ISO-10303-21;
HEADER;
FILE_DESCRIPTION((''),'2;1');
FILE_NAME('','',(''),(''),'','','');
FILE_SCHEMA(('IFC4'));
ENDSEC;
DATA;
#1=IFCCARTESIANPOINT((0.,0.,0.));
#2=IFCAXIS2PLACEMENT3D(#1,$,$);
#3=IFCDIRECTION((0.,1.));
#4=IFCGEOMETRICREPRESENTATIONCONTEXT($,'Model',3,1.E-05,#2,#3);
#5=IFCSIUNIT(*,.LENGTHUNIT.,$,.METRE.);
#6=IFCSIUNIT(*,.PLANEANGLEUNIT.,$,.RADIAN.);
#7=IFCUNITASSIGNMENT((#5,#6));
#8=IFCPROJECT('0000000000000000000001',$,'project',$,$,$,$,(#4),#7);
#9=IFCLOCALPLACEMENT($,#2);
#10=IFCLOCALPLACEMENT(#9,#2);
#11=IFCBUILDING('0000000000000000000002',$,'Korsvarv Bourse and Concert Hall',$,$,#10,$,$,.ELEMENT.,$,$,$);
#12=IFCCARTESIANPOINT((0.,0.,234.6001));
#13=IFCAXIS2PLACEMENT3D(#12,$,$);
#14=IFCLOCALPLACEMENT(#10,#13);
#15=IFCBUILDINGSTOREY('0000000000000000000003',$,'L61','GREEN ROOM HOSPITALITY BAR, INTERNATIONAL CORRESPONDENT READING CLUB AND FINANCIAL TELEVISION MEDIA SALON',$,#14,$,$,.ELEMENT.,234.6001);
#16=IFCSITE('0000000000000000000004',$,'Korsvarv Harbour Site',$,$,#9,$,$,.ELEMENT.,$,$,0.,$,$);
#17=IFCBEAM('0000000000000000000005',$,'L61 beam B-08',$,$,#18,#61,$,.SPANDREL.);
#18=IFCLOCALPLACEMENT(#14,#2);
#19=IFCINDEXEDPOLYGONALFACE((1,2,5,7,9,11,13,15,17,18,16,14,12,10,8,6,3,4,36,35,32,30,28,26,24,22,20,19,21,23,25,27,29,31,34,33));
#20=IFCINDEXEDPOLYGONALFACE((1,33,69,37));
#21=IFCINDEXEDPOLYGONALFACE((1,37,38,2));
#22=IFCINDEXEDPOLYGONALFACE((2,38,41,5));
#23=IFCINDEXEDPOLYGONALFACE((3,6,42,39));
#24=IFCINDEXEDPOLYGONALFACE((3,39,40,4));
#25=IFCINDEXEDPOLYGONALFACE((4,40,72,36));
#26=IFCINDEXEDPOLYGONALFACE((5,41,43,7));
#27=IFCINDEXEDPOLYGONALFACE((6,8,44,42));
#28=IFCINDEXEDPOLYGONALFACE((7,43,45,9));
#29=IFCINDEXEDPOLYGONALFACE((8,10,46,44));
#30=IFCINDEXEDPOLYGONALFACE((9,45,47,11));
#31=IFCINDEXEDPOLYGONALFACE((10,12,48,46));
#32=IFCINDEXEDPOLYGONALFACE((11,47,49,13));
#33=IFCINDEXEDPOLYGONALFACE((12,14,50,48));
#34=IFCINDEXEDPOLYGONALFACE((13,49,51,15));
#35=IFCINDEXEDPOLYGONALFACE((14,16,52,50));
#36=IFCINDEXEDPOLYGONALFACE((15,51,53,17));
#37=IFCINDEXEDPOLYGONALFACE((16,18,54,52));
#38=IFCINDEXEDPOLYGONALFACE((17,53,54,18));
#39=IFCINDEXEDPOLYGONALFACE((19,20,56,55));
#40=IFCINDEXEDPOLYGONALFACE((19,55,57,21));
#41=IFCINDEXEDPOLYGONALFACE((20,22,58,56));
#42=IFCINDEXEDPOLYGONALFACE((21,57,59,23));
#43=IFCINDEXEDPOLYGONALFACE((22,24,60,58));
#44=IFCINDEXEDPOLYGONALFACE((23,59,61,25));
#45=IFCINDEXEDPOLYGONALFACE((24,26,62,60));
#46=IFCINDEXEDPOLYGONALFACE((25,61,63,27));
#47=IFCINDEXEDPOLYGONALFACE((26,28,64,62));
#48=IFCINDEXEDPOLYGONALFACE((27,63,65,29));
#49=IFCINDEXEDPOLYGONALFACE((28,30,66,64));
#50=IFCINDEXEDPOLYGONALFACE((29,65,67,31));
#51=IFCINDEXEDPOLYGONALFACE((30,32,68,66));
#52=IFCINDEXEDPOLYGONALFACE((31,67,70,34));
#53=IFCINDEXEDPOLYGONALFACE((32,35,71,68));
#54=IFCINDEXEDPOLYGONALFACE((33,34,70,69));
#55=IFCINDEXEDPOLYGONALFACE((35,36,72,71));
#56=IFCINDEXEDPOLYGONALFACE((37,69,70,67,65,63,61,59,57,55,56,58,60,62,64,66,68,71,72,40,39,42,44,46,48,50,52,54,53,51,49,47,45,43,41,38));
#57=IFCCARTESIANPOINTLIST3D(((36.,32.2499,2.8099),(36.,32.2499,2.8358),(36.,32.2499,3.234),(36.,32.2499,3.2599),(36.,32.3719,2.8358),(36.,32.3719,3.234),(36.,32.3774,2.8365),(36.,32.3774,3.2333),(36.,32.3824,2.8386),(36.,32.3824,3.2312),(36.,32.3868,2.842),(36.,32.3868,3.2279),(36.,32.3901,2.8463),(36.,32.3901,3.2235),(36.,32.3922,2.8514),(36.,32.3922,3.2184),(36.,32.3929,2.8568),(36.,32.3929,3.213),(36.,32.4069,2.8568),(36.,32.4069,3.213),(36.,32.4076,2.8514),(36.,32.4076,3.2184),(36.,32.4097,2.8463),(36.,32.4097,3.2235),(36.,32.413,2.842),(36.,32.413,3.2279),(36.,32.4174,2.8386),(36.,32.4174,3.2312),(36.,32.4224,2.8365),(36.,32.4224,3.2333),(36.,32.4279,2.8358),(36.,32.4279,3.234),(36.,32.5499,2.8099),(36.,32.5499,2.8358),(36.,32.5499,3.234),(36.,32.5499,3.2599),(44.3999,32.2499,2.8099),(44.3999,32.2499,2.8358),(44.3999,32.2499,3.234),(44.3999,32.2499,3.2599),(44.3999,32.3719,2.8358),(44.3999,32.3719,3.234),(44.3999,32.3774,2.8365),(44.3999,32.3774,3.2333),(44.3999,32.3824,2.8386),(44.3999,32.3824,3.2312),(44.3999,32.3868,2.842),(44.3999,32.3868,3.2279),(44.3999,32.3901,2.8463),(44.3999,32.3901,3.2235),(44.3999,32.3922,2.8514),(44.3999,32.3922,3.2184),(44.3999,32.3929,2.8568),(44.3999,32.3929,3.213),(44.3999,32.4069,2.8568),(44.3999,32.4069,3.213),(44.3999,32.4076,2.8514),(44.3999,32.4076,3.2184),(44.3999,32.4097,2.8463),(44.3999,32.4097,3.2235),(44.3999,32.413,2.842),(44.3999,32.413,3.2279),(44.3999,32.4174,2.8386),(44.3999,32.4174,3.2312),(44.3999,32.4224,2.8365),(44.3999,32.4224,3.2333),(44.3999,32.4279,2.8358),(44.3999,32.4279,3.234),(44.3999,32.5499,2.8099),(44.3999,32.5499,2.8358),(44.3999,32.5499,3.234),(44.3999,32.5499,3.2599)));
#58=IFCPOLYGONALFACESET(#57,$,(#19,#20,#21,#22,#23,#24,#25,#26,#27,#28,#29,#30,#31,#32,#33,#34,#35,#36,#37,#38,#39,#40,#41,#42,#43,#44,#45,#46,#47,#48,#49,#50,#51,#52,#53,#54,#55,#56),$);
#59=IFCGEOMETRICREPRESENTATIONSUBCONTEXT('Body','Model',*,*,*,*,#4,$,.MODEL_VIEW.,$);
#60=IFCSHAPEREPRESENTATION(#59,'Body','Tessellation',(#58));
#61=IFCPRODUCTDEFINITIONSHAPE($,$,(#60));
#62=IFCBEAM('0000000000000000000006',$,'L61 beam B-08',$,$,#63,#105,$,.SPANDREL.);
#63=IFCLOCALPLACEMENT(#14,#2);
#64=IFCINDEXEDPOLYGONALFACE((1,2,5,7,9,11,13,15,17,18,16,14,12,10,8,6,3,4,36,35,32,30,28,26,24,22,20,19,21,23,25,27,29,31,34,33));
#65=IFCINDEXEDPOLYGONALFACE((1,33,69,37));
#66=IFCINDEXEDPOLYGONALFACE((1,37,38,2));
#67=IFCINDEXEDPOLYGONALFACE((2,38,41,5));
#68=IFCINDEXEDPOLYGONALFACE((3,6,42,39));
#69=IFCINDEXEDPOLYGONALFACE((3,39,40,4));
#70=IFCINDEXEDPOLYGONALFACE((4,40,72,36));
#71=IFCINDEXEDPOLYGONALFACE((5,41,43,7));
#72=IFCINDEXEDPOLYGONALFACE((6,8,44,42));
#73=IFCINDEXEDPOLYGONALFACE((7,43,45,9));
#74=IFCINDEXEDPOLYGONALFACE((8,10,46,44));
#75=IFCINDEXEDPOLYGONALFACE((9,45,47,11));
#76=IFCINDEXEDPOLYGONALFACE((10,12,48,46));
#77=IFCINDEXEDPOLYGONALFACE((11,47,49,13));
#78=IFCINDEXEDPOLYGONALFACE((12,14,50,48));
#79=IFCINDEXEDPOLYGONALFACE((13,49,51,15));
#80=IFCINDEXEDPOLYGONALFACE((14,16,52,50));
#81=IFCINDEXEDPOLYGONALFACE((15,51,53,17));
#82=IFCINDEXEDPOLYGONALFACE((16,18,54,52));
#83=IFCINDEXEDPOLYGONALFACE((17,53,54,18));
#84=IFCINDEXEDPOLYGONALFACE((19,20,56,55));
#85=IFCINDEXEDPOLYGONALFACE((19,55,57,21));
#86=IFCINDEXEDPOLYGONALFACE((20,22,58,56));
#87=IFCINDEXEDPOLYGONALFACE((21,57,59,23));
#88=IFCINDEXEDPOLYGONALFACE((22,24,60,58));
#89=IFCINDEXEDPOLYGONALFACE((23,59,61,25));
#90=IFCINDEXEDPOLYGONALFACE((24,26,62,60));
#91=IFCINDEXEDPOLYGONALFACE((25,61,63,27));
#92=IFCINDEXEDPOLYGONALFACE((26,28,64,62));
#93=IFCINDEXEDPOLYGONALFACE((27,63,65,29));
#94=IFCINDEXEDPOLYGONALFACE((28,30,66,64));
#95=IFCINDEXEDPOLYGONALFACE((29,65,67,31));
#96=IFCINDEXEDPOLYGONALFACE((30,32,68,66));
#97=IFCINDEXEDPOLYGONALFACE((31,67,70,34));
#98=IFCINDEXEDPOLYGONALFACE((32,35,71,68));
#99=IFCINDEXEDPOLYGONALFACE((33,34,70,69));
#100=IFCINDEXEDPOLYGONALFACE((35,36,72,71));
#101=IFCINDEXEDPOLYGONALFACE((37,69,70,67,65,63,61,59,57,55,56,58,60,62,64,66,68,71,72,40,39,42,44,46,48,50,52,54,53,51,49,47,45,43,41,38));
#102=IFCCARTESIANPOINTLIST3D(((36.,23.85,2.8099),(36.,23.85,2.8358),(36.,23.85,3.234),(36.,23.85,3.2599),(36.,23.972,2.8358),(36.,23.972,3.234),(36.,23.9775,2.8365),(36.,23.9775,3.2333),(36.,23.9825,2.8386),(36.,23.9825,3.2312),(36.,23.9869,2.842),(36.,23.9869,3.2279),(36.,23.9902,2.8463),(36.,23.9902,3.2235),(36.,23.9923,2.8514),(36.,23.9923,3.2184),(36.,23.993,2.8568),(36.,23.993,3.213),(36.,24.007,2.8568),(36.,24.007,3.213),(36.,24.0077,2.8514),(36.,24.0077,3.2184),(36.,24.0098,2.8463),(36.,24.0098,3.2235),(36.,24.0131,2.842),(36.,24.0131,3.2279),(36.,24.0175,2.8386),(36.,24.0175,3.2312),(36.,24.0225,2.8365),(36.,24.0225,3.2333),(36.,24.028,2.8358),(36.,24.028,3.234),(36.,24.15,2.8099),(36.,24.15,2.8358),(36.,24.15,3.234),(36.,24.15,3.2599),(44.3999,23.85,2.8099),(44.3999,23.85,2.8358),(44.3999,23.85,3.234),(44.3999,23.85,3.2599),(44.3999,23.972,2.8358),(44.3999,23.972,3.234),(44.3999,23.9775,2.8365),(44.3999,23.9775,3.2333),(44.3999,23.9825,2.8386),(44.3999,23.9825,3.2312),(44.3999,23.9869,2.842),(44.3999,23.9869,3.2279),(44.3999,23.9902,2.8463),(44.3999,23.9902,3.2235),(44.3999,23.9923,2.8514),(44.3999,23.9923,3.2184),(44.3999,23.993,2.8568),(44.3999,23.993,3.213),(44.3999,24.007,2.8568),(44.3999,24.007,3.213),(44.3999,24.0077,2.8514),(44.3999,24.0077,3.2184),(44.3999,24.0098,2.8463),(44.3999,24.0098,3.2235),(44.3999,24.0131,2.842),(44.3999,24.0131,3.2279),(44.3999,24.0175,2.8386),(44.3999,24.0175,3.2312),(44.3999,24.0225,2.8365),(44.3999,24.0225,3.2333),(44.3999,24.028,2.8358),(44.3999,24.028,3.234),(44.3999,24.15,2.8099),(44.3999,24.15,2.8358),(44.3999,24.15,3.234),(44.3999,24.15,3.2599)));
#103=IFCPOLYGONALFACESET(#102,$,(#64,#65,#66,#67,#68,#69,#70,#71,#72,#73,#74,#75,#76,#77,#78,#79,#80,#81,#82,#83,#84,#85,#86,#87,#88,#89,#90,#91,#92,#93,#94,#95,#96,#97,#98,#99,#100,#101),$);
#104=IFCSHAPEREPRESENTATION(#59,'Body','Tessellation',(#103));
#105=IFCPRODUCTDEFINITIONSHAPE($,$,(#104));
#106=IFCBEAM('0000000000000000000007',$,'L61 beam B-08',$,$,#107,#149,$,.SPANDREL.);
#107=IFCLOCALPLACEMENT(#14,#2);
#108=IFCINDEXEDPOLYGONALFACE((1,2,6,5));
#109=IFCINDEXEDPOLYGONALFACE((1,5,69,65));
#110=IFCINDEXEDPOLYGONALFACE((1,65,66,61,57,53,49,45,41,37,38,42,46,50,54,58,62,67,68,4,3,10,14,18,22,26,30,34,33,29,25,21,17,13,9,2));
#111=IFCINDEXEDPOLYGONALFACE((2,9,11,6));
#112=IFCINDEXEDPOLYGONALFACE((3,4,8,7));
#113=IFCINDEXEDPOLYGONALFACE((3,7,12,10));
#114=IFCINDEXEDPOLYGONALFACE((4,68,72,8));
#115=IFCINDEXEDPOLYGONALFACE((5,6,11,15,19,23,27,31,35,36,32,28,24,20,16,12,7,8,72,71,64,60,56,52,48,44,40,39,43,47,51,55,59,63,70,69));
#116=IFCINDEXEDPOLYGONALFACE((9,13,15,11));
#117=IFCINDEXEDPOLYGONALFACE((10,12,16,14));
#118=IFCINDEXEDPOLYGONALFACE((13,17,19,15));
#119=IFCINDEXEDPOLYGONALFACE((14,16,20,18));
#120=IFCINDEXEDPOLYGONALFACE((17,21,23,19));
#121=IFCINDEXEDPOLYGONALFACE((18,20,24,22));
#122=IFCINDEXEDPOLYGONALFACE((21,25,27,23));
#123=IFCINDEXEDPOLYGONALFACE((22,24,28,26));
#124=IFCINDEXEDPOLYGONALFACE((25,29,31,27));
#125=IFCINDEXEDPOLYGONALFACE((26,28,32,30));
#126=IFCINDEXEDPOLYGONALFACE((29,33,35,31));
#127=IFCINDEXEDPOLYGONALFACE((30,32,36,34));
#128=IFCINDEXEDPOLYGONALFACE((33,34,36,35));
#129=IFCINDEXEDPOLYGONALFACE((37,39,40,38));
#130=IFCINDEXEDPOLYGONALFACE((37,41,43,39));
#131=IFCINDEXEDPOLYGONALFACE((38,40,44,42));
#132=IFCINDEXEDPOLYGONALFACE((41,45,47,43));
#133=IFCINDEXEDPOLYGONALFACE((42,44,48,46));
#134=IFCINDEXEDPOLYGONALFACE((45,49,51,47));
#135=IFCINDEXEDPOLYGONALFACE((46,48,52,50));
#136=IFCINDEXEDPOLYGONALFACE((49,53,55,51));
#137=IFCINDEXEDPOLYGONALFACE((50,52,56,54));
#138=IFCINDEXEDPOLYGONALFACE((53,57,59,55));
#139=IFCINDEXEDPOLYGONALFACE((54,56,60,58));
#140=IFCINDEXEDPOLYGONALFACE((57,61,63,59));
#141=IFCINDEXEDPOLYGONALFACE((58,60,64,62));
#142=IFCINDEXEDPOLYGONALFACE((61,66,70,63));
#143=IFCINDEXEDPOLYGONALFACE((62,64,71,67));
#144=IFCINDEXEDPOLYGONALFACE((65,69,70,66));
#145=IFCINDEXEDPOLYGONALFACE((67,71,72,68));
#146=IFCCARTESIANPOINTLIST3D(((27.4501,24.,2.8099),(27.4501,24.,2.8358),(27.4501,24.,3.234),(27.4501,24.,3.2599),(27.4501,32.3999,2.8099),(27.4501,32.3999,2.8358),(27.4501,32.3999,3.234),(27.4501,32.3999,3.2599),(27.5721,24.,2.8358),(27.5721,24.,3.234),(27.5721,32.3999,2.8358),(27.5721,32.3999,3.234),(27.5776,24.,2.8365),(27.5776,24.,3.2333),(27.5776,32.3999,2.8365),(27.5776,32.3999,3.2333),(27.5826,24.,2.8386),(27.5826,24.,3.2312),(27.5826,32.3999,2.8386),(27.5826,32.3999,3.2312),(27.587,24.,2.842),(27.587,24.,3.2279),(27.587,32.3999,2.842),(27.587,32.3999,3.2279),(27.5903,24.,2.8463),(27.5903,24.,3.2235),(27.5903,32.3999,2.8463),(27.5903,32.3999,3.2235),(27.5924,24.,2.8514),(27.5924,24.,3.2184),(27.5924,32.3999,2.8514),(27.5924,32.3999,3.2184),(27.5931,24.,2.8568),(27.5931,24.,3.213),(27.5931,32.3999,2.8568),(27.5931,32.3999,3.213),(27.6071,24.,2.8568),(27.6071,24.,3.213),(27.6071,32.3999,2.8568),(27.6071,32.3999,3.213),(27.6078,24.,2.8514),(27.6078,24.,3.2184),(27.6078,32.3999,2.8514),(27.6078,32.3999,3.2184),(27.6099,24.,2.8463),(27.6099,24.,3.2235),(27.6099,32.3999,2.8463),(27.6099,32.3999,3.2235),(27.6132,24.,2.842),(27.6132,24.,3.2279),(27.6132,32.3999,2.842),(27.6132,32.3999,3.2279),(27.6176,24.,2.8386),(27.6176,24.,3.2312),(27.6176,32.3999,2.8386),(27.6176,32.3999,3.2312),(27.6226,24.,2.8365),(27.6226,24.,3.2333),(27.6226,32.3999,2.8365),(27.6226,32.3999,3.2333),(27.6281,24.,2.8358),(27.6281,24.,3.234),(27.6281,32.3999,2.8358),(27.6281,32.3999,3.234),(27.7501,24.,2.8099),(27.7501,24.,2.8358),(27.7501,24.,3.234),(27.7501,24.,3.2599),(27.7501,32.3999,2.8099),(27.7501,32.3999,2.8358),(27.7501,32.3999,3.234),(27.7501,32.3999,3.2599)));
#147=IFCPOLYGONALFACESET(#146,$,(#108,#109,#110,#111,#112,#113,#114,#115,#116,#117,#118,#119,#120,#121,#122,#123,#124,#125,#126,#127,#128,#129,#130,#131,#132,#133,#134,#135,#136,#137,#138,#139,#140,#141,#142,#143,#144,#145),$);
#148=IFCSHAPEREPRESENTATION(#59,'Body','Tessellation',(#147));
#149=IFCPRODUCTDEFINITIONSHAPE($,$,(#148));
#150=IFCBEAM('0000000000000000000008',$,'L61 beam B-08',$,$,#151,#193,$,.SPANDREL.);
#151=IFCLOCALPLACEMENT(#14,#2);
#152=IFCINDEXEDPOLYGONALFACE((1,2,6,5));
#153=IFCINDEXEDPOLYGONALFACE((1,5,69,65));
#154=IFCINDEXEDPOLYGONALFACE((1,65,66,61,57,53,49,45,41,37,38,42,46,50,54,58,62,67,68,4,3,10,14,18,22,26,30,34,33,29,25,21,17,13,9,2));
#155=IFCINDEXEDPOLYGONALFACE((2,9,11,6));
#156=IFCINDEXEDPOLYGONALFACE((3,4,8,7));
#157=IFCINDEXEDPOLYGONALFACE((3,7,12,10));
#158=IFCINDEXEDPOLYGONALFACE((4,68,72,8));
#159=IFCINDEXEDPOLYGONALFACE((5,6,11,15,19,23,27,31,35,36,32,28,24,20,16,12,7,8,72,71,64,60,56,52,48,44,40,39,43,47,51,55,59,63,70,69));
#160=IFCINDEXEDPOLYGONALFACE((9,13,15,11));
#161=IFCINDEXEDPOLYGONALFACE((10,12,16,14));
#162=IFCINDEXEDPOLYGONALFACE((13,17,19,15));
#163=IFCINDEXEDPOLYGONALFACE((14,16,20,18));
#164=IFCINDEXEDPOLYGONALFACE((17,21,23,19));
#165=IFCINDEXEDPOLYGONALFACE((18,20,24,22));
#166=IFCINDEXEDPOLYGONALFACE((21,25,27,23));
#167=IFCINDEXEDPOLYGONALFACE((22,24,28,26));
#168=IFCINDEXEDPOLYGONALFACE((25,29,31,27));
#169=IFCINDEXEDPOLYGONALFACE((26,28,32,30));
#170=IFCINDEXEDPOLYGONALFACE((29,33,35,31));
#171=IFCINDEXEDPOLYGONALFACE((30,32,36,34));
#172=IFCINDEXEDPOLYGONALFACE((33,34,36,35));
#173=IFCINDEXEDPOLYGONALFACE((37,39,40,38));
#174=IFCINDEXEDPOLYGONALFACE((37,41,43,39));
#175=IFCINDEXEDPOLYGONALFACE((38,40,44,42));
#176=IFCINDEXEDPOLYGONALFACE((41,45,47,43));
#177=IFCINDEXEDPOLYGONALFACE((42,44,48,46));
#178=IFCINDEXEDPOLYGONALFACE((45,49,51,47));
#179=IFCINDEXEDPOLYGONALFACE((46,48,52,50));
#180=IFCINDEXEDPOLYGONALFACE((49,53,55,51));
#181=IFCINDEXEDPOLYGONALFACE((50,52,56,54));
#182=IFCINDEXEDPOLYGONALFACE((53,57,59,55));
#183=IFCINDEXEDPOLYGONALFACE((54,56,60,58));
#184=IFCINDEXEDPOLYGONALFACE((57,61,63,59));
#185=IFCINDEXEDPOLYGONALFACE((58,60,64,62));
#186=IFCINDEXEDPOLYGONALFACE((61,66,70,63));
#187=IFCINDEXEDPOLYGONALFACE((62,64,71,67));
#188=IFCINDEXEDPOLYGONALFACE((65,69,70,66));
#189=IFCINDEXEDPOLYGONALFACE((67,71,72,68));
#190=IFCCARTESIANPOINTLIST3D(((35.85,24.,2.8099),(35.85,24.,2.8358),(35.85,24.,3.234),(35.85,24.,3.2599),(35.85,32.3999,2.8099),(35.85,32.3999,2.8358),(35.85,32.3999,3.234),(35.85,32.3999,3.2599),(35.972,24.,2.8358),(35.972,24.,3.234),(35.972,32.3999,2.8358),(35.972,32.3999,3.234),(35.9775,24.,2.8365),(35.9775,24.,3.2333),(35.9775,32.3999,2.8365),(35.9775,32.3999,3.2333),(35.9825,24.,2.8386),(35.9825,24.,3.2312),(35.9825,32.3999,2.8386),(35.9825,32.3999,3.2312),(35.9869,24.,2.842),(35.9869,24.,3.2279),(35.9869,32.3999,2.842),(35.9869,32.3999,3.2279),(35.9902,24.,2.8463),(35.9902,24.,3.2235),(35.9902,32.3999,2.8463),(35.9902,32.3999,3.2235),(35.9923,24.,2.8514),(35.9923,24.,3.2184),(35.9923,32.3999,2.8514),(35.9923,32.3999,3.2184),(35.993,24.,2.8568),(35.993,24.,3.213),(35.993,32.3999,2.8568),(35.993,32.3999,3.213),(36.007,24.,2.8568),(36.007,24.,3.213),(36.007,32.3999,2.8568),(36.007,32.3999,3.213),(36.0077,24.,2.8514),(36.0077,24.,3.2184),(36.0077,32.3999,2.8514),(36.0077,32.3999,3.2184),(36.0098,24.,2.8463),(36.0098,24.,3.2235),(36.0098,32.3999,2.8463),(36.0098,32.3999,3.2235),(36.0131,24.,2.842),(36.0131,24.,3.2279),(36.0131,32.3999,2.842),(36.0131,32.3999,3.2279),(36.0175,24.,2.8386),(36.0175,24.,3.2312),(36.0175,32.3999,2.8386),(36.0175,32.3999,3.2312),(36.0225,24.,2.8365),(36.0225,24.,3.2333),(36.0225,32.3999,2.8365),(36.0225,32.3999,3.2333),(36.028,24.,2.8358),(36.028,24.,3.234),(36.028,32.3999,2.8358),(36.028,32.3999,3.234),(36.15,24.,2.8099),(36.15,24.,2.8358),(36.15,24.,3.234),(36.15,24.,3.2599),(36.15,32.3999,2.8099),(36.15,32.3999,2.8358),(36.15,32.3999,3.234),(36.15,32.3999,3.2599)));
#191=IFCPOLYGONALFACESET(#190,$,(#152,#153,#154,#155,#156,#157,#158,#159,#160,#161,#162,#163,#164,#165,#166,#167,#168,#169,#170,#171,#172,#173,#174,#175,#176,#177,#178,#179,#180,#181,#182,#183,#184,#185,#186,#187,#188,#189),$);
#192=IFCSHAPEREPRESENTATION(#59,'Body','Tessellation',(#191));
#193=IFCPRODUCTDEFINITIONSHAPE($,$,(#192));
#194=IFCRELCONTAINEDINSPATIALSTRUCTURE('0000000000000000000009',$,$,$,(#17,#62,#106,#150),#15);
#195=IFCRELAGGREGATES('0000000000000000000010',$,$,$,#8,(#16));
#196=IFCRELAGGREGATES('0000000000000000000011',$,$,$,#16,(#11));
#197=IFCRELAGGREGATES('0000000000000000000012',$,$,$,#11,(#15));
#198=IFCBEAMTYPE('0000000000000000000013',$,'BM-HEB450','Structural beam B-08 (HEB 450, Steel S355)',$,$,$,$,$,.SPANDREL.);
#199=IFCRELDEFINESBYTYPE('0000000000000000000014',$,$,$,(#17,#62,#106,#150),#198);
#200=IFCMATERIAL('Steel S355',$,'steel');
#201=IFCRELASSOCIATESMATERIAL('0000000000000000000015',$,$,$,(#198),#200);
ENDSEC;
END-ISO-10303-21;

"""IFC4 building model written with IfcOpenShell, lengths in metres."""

from ifc_helpers import new_model, si_unit, direction, frame, origin, origin_2d, place, context, subcontext, project, spatial, i_section, extrude, source, transform, mapped, material, material_profile, profile_set, type_object, element, save


model = new_model("IFC4")

# Units and contexts
model_context = context("Model", 3, precision=1e-05, world=origin(), true_north=direction((0.0, 1.0)))
body_context = subcontext(model_context, "Body", "Model", "MODEL_VIEW")
ifc_project = project(units=[si_unit("LENGTHUNIT", "METRE"), si_unit("PLANEANGLEUNIT", "RADIAN")], contexts=[model_context])

# Site, building, storey
site_placement = place(None, origin())
site = spatial("IfcSite", under=ifc_project, at=site_placement, Name="Korsvarv Harbour Site", CompositionType="ELEMENT", RefElevation=0.0)
building_placement = place(site_placement, origin())
building = spatial("IfcBuilding", under=site, at=building_placement, Name="Korsvarv Bourse and Concert Hall", CompositionType="ELEMENT")
storey_placement = place(building_placement, frame((0.0, 0.0, 234.6001)))
storey = spatial("IfcBuildingStorey", under=building, at=storey_placement, Name="L61", Description="GREEN ROOM HOSPITALITY BAR, INTERNATIONAL CORRESPONDENT READING CLUB AND FINANCIAL TELEVISION MEDIA SALON", CompositionType="ELEMENT", Elevation=234.6001)

# Shared definitions
ifc_material_1 = material(Name="Steel S355", Category="steel")

# Beams
ifc_material_profile_1 = material_profile(ifc_material_1, i_section(OverallWidth=0.3, OverallDepth=0.45, WebThickness=0.0139, FlangeThickness=0.0259, FilletRadius=0.021, at=origin_2d()), Name="HEB 450")
ifc_profile_set_1 = profile_set([ifc_material_profile_1], Name="Steel S355")
beam_type_1 = type_object("IfcBeamType", Name="BM-HEB450", Description="Structural beam B-08 (HEB 450, Steel S355)", PredefinedType="SPANDREL", material=ifc_profile_set_1)
shared_shape_1 = source(origin(), body_context, "Body", "SweptSolid", [
    extrude(i_section(OverallWidth=0.3, OverallDepth=0.45, WebThickness=0.0139, FlangeThickness=0.0259, FilletRadius=0.021, at=origin_2d()), origin(), (0.0, 0.0, 1.0), 8.3999),
])
for number, where, z_axis, x_axis, name in (
    (1, (36.0, 32.3999, 3.0349), (1.0, 0.0, 0.0), (0.0, 1.0, 0.0), "L61 beam B-08"),
    (2, (36.0, 24.0, 3.0349), (1.0, 0.0, 0.0), (0.0, 1.0, 0.0), "L61 beam B-08"),
    (3, (27.6001, 24.0, 3.0349), (0.0, 1.0, 0.0), (-1.0, 0.0, 0.0), "L61 beam B-08"),
    (4, (36.0, 24.0, 3.0349), (0.0, 1.0, 0.0), (-1.0, 0.0, 0.0), "L61 beam B-08"),
):
    element("IfcBeam", number, at=place(storey_placement, frame(where, z_axis=z_axis, x_axis=x_axis)), inside=storey, type_object=beam_type_1, Name=name, PredefinedType="SPANDREL", context=body_context, shape_type="MappedRepresentation", body=[
        mapped(shared_shape_1, transform((0.0, 0.0, 0.0), scale=1.0)),
    ])

save(model, "model.ifc")
